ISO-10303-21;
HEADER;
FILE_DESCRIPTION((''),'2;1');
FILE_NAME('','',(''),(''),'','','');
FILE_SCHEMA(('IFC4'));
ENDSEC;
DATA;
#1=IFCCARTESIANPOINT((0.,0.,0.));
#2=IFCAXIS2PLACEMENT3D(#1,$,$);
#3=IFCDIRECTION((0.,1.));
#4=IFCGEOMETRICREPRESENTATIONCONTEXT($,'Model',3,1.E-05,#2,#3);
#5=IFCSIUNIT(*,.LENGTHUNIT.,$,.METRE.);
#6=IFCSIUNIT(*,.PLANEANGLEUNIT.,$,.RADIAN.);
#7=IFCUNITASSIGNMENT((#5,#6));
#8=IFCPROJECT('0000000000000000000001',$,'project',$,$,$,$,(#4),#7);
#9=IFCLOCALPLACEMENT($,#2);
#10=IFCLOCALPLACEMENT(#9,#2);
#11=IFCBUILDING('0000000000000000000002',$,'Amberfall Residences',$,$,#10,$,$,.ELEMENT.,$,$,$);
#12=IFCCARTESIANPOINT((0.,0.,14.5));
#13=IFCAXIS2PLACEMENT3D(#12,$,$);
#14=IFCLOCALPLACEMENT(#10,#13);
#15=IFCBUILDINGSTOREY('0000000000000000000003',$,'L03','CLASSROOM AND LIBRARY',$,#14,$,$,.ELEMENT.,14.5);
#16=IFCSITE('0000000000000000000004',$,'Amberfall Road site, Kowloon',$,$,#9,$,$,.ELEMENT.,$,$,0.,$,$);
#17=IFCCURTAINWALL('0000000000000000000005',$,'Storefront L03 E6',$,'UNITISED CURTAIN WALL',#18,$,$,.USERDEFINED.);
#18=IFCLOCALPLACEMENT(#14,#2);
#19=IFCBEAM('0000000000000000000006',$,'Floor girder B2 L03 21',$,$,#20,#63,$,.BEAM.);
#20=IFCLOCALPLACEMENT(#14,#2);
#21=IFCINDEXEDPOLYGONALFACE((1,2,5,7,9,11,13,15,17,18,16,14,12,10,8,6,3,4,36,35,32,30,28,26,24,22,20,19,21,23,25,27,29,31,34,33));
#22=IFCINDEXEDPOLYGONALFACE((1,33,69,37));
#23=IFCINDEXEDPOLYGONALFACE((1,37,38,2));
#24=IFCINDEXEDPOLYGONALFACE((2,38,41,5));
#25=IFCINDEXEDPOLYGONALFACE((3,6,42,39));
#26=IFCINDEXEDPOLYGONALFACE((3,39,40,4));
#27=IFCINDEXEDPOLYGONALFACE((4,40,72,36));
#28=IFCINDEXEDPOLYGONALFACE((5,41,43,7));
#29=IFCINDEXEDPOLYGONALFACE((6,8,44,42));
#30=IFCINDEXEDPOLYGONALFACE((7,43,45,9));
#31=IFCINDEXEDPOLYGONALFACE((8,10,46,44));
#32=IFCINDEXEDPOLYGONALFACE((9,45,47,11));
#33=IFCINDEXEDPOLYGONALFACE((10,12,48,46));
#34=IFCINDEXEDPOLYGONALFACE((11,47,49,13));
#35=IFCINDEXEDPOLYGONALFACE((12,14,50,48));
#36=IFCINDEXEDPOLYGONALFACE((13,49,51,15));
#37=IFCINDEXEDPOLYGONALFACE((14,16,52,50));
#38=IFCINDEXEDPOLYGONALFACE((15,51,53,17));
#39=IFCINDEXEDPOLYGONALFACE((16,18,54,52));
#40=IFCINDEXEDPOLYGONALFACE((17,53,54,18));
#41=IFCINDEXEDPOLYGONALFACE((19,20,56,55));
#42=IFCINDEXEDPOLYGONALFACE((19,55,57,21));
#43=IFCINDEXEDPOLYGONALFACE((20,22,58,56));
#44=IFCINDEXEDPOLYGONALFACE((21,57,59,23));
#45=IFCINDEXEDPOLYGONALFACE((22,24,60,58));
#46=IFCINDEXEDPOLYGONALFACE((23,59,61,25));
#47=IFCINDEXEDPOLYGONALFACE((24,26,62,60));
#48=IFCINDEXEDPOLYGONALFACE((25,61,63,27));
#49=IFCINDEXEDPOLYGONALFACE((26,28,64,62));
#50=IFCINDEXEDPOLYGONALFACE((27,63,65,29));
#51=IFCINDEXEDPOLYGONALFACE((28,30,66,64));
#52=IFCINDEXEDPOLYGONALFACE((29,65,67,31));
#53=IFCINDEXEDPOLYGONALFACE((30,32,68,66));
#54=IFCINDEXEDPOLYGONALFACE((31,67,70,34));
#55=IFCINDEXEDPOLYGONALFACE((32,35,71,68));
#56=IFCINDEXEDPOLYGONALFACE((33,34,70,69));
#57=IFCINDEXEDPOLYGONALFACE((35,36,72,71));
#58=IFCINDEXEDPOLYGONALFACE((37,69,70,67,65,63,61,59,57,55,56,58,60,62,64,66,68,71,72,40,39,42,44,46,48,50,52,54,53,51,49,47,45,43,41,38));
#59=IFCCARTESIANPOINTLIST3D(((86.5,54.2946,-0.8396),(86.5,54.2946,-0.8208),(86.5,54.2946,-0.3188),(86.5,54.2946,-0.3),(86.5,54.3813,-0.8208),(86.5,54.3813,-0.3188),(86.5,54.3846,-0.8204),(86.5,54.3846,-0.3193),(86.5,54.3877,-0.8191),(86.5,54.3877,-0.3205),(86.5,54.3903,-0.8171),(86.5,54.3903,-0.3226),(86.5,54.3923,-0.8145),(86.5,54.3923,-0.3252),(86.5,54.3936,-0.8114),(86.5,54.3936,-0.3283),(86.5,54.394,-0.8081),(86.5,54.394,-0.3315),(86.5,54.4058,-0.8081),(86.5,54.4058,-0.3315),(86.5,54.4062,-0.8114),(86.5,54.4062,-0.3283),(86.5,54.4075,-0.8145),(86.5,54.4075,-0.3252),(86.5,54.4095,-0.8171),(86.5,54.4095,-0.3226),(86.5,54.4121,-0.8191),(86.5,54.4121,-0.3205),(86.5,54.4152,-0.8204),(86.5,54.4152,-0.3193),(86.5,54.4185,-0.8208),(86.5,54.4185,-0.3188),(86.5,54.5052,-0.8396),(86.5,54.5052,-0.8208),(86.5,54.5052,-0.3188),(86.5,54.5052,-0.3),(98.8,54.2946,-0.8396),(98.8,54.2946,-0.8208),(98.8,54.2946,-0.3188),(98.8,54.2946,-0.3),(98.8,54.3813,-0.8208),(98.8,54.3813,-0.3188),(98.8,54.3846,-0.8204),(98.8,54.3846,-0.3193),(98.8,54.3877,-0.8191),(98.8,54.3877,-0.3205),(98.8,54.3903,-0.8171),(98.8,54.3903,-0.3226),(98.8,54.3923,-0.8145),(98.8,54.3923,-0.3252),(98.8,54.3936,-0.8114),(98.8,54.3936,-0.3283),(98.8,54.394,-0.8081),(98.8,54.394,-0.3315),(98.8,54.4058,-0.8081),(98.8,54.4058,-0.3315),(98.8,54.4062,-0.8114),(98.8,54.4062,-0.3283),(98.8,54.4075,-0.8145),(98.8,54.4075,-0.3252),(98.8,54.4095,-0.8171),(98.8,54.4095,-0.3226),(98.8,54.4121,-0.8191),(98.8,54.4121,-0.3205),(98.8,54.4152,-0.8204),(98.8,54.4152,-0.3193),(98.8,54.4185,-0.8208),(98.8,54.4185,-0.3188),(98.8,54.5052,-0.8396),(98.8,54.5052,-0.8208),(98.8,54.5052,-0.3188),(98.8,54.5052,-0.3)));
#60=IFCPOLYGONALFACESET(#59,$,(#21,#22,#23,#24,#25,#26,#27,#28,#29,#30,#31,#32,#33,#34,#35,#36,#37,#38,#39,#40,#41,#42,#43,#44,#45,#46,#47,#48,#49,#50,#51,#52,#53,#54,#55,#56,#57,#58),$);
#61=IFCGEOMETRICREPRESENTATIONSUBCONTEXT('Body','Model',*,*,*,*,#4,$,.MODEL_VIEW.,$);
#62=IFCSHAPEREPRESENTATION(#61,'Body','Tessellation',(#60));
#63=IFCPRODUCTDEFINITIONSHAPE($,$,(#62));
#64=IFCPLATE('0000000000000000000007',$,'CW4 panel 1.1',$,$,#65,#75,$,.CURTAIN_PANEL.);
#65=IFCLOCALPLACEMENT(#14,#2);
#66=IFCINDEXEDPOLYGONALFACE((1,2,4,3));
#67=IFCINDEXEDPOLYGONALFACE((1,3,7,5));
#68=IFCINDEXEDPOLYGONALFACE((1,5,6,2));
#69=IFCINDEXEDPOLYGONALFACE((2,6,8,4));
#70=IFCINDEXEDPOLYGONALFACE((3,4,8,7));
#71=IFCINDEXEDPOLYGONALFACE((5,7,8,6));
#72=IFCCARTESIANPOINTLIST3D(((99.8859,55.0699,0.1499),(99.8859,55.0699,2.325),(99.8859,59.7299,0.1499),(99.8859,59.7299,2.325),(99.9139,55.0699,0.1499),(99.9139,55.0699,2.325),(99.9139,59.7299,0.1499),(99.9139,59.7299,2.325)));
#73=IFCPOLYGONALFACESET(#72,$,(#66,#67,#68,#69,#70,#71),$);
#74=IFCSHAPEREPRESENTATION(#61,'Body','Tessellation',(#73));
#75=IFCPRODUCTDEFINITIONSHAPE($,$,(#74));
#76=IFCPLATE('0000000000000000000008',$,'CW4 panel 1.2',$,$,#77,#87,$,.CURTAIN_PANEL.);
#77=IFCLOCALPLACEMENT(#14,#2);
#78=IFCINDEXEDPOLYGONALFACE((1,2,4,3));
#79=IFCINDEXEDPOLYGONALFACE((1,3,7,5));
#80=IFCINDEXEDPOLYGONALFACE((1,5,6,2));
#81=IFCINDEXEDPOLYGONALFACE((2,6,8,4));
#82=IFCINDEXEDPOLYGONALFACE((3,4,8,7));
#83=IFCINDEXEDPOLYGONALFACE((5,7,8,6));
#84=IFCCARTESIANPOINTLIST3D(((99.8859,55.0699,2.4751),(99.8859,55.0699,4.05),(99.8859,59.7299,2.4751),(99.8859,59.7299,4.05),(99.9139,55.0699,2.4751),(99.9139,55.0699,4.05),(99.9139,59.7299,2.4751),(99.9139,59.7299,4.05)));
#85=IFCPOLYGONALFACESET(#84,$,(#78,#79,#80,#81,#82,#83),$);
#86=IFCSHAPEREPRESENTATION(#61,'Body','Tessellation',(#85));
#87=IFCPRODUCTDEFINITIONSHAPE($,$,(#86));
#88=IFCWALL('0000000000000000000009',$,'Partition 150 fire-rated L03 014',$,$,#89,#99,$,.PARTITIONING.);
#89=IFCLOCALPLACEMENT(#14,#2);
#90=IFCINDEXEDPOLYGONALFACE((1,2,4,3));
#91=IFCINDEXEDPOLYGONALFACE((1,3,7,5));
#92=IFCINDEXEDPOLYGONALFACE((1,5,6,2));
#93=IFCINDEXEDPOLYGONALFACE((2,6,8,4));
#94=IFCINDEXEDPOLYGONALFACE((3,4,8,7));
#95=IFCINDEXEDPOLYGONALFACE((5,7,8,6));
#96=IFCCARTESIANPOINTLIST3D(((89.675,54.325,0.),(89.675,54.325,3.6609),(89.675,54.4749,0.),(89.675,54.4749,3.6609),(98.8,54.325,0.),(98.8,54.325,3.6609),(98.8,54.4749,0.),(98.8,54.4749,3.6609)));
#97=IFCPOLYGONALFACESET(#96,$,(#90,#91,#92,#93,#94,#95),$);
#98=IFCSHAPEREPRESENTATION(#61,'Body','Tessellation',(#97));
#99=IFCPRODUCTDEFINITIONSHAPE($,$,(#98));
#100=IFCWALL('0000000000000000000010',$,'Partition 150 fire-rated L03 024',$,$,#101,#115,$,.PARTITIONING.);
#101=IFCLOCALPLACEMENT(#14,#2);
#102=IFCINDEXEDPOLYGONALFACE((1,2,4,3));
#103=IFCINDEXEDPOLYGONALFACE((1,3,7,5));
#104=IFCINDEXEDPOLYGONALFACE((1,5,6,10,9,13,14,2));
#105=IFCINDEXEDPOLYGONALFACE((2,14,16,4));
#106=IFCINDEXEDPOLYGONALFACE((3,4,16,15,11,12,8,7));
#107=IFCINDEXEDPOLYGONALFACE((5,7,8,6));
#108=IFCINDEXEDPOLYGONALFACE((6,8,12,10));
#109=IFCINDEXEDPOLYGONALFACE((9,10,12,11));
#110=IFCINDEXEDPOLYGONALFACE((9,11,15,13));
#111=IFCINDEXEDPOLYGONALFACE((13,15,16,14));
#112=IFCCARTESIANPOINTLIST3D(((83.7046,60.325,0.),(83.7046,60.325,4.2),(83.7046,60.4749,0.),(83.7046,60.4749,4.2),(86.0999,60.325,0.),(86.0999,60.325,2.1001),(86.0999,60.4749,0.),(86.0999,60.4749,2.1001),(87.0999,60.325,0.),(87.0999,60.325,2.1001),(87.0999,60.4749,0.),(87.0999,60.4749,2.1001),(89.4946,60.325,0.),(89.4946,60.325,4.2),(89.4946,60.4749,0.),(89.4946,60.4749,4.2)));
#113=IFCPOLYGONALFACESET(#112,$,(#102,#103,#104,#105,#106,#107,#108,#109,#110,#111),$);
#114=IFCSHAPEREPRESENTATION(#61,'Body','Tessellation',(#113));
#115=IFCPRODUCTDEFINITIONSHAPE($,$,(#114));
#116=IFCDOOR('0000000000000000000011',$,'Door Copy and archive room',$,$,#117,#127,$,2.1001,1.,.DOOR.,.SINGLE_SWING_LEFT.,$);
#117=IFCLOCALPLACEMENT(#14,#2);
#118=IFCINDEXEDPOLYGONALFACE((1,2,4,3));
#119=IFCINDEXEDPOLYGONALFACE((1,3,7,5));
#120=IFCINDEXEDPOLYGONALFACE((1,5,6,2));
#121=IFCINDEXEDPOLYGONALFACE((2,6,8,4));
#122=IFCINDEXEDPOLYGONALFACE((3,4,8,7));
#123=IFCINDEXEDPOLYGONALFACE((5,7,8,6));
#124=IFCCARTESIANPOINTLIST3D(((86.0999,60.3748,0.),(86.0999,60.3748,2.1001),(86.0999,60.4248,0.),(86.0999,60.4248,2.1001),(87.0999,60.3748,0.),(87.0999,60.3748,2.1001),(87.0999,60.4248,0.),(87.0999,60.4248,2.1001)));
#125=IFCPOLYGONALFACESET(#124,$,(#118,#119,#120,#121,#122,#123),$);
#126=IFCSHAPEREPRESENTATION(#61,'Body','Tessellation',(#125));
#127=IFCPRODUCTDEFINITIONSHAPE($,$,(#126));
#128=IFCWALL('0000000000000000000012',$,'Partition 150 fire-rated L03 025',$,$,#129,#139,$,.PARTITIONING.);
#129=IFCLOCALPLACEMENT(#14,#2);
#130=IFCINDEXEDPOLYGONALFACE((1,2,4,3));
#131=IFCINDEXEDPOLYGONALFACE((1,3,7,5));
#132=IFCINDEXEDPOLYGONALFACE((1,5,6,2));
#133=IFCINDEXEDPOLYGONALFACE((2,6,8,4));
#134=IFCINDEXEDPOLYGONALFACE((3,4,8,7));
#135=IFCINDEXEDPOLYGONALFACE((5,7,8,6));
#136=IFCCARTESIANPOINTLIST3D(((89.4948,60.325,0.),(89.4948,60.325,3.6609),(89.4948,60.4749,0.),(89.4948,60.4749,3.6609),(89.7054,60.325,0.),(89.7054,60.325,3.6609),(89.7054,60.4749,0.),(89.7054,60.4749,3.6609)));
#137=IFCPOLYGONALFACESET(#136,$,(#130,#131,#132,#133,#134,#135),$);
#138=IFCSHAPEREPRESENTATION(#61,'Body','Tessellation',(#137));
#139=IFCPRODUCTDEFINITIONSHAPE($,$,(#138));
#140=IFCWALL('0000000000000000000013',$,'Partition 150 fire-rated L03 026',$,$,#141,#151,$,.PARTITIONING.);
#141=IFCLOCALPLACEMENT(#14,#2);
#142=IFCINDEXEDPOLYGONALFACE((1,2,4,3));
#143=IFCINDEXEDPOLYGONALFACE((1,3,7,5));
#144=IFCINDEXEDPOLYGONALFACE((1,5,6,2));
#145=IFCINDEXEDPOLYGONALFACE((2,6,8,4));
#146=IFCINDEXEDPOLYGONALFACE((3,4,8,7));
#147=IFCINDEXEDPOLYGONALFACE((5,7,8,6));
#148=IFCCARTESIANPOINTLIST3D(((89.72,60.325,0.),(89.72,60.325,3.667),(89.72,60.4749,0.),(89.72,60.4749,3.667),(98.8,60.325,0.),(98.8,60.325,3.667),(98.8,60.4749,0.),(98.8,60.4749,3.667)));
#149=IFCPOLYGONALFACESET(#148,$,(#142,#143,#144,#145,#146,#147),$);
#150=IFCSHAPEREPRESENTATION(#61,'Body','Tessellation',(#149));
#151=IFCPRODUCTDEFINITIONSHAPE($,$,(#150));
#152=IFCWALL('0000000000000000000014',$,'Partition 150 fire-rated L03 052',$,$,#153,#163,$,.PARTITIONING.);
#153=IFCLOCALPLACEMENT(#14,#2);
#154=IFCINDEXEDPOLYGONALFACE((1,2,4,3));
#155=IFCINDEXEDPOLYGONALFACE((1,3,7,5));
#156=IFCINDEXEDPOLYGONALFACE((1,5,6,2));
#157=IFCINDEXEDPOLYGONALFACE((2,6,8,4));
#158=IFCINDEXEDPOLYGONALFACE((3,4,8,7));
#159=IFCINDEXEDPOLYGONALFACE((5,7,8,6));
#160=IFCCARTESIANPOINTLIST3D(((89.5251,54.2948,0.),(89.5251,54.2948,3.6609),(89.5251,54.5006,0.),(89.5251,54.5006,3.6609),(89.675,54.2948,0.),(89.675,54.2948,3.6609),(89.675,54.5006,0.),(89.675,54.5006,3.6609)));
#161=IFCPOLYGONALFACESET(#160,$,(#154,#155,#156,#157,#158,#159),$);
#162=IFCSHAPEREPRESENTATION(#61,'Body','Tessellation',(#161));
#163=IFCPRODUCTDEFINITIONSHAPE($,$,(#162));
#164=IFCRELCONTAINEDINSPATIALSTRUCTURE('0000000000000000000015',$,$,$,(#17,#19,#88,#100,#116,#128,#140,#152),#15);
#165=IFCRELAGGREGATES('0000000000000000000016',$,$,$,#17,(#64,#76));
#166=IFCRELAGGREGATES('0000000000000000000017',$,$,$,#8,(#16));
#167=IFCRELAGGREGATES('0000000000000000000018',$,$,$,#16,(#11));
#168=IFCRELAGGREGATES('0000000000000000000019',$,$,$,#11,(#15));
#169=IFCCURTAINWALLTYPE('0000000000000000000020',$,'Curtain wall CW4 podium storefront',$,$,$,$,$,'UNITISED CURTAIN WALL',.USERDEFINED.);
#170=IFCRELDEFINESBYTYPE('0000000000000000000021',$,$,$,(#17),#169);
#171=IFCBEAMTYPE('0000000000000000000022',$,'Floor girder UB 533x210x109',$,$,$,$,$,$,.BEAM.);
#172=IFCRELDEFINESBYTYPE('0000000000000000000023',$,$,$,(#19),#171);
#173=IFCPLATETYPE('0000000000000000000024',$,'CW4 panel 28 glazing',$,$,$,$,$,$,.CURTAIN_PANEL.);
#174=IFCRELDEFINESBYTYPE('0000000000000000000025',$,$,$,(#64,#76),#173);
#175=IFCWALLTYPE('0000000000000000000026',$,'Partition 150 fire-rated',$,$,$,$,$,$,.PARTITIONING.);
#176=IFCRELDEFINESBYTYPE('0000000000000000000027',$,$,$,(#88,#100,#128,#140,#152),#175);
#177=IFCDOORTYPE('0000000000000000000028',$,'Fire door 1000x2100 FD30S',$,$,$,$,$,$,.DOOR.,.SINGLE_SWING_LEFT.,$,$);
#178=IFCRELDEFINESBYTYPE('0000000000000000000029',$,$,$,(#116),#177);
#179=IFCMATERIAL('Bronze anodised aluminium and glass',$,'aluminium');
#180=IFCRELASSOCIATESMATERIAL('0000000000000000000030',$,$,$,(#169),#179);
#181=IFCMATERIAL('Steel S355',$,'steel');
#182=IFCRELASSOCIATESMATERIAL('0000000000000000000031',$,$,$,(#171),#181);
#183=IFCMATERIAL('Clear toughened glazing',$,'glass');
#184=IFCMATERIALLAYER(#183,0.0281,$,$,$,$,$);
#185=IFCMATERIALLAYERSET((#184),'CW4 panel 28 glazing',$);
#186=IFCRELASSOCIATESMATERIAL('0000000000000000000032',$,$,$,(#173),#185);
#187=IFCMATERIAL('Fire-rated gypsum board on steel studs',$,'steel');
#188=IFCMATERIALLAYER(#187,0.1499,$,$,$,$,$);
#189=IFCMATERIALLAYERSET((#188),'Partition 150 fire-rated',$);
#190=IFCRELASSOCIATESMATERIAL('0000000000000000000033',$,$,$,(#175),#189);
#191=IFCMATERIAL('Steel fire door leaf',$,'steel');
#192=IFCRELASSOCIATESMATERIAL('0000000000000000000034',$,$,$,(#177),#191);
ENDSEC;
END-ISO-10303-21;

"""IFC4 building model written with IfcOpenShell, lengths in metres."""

from ifc_helpers import new_model, si_unit, direction, frame, frame_2d, origin, origin_2d, place, context, subcontext, project, spatial, rectangle, i_section, extrude, material, layer, layer_set, material_profile, profile_set, type_object, element, fill, aggregate, save


model = new_model("IFC4")

# Units and contexts
model_context = context("Model", 3, precision=1e-05, world=origin(), true_north=direction((0.0, 1.0)))
body_context = subcontext(model_context, "Body", "Model", "MODEL_VIEW")
ifc_project = project(units=[si_unit("LENGTHUNIT", "METRE"), si_unit("PLANEANGLEUNIT", "RADIAN")], contexts=[model_context])

# Site, building, storey
site_placement = place(None, origin())
site = spatial("IfcSite", under=ifc_project, at=site_placement, Name="Amberfall Road site, Kowloon", CompositionType="ELEMENT", RefElevation=0.0)
building_placement = place(site_placement, origin())
building = spatial("IfcBuilding", under=site, at=building_placement, Name="Amberfall Residences", CompositionType="ELEMENT")
storey_placement = place(building_placement, frame((0.0, 0.0, 14.5)))
storey = spatial("IfcBuildingStorey", under=building, at=storey_placement, Name="L03", Description="CLASSROOM AND LIBRARY", CompositionType="ELEMENT", Elevation=14.5)

# Shared definitions
ifc_material_1 = material(Name="Bronze anodised aluminium and glass", Category="aluminium")
curtain_wall_type = type_object("IfcCurtainWallType", Name="Curtain wall CW4 podium storefront", ElementType="UNITISED CURTAIN WALL", PredefinedType="USERDEFINED", material=ifc_material_1)

# Curtain wall
curtain_wall_1_placement = place(storey_placement, origin())
curtain_wall_1 = element("IfcCurtainWall", 1, at=curtain_wall_1_placement, inside=storey, type_object=curtain_wall_type, Name="Storefront L03 E6", ObjectType="UNITISED CURTAIN WALL", PredefinedType="USERDEFINED")

# Beam
ifc_material_2 = material(Name="Steel S355", Category="steel")
ifc_material_profile_1 = material_profile(ifc_material_2, i_section(OverallWidth=0.2107, OverallDepth=0.5396, WebThickness=0.0117, FlangeThickness=0.0188, FilletRadius=0.0127, at=origin_2d()), Name="UB 533x210x109")
ifc_profile_set_1 = profile_set([ifc_material_profile_1], Name="Steel S355")
beam_type_1 = type_object("IfcBeamType", Name="Floor girder UB 533x210x109", PredefinedType="BEAM", material=ifc_profile_set_1)
beam_1_placement = place(storey_placement, frame((98.8, 54.3999, -0.5698), z_axis=(-1.0, 0.0, 0.0), x_axis=(0.0, -1.0, 0.0)))
element("IfcBeam", 2, at=beam_1_placement, inside=storey, type_object=beam_type_1, Name="Floor girder B2 L03 21", PredefinedType="BEAM", context=body_context, shape_type="SweptSolid", body=[
    extrude(i_section(OverallWidth=0.2107, OverallDepth=0.5396, WebThickness=0.0117, FlangeThickness=0.0188, FilletRadius=0.0127, at=origin_2d()), origin(), (0.0, 0.0, 1.0), 12.3),
])

# Plates
ifc_material_3 = material(Name="Clear toughened glazing", Category="glass")
ifc_layer_1 = layer(ifc_material_3, 0.0281)
ifc_layer_set_1 = layer_set([ifc_layer_1], Name="CW4 panel 28 glazing")
plate_type = type_object("IfcPlateType", Name="CW4 panel 28 glazing", PredefinedType="CURTAIN_PANEL", material=ifc_layer_set_1)
plate_1_placement = place(storey_placement, frame((99.8999, 57.3999, 0.1499), z_axis=(0.0, 0.0, 1.0), x_axis=(0.0, 1.0, 0.0)))
plate_1 = element("IfcPlate", 3, at=plate_1_placement, type_object=plate_type, Name="CW4 panel 1.1", PredefinedType="CURTAIN_PANEL", context=body_context, shape_type="SweptSolid", body=[
    extrude(rectangle(XDim=4.6599, YDim=0.0281, at=origin_2d()), origin(), (0.0, 0.0, 1.0), 2.175),
])
plate_2_placement = place(storey_placement, frame((99.8999, 57.3999, 2.4751), z_axis=(0.0, 0.0, 1.0), x_axis=(0.0, 1.0, 0.0)))
plate_2 = element("IfcPlate", 4, at=plate_2_placement, type_object=plate_type, Name="CW4 panel 1.2", PredefinedType="CURTAIN_PANEL", context=body_context, shape_type="SweptSolid", body=[
    extrude(rectangle(XDim=4.6599, YDim=0.0281, at=origin_2d()), origin(), (0.0, 0.0, 1.0), 1.575),
])
aggregate(curtain_wall_1, [plate_1, plate_2])

# Wall
ifc_material_4 = material(Name="Fire-rated gypsum board on steel studs", Category="steel")
ifc_layer_2 = layer(ifc_material_4, 0.1499)
ifc_layer_set_2 = layer_set([ifc_layer_2], Name="Partition 150 fire-rated")
wall_type = type_object("IfcWallType", Name="Partition 150 fire-rated", PredefinedType="PARTITIONING", material=ifc_layer_set_2)
wall_1_placement = place(storey_placement, frame((89.675, 54.3999, 0.0), z_axis=(0.0, 0.0, 1.0), x_axis=(1.0, 0.0, 0.0)))
element("IfcWall", 5, at=wall_1_placement, inside=storey, type_object=wall_type, Name="Partition 150 fire-rated L03 014", PredefinedType="PARTITIONING", context=body_context, shape_type="SweptSolid", body=[
    extrude(rectangle(XDim=9.125, YDim=0.1499, at=frame_2d((4.5625, 0.0))), origin(), (0.0, 0.0, 1.0), 3.6609),
])

# Wall, opening, door
wall_2_placement = place(storey_placement, frame((83.7046, 60.3999, 0.0), z_axis=(0.0, 0.0, 1.0), x_axis=(1.0, 0.0, 0.0)))
wall_2 = element("IfcWall", 6, at=wall_2_placement, inside=storey, type_object=wall_type, Name="Partition 150 fire-rated L03 024", PredefinedType="PARTITIONING", context=body_context, shape_type="SweptSolid", body=[
    extrude(rectangle(XDim=5.79, YDim=0.1499, at=frame_2d((2.895, 0.0))), origin(), (0.0, 0.0, 1.0), 4.2),
])
opening_1_placement = place(wall_2_placement, frame((2.3953, 0.0, 0.0)))
opening_1 = element("IfcOpeningElement", 7, at=opening_1_placement, cuts=wall_2, PredefinedType="OPENING", context=body_context, shape_type="SweptSolid", body=[
    extrude(rectangle(XDim=1.0, YDim=2.1001, at=frame_2d((0.5, 1.05))), frame((0.0, 0.085, 0.0), z_axis=(0.0, -1.0, 0.0), x_axis=(1.0, 0.0, 0.0)), (0.0, 0.0, 1.0), 0.1699),
])
ifc_material_5 = material(Name="Steel fire door leaf", Category="steel")
door_type_1 = type_object("IfcDoorType", Name="Fire door 1000x2100 FD30S", OperationType="SINGLE_SWING_LEFT", PredefinedType="DOOR", material=ifc_material_5)
door_1_placement = place(opening_1_placement, origin())
door_1 = element("IfcDoor", 8, at=door_1_placement, inside=storey, type_object=door_type_1, Name="Door Copy and archive room", OperationType="SINGLE_SWING_LEFT", OverallHeight=2.1001, OverallWidth=1.0, PredefinedType="DOOR", context=body_context, shape_type="SweptSolid", body=[
    extrude(rectangle(XDim=1.0, YDim=2.1001, at=frame_2d((0.5, 1.05))), frame((0.0, 0.0249, 0.0), z_axis=(0.0, -1.0, 0.0), x_axis=(1.0, 0.0, 0.0)), (0.0, 0.0, 1.0), 0.05),
])
fill(opening_1, door_1)

# Walls
wall_3_placement = place(storey_placement, frame((89.4946, 60.3999, 0.0), z_axis=(0.0, 0.0, 1.0), x_axis=(1.0, 0.0, 0.0)))
element("IfcWall", 9, at=wall_3_placement, inside=storey, type_object=wall_type, Name="Partition 150 fire-rated L03 025", PredefinedType="PARTITIONING", context=body_context, shape_type="SweptSolid", body=[
    extrude(rectangle(XDim=0.2107, YDim=0.1499, at=frame_2d((0.1055, 0.0))), origin(), (0.0, 0.0, 1.0), 3.6609),
])
wall_4_placement = place(storey_placement, frame((89.72, 60.3999, 0.0), z_axis=(0.0, 0.0, 1.0), x_axis=(1.0, 0.0, 0.0)))
element("IfcWall", 10, at=wall_4_placement, inside=storey, type_object=wall_type, Name="Partition 150 fire-rated L03 026", PredefinedType="PARTITIONING", context=body_context, shape_type="SweptSolid", body=[
    extrude(rectangle(XDim=9.0801, YDim=0.1499, at=frame_2d((4.54, 0.0))), origin(), (0.0, 0.0, 1.0), 3.667),
])
wall_5_placement = place(storey_placement, frame((89.6001, 54.2947, 0.0), z_axis=(0.0, 0.0, 1.0), x_axis=(0.0, 1.0, 0.0)))
element("IfcWall", 11, at=wall_5_placement, inside=storey, type_object=wall_type, Name="Partition 150 fire-rated L03 052", PredefinedType="PARTITIONING", context=body_context, shape_type="SweptSolid", body=[
    extrude(rectangle(XDim=0.2058, YDim=0.1499, at=frame_2d((0.103, 0.0))), origin(), (0.0, 0.0, 1.0), 3.6609),
])

save(model, "model.ifc")
